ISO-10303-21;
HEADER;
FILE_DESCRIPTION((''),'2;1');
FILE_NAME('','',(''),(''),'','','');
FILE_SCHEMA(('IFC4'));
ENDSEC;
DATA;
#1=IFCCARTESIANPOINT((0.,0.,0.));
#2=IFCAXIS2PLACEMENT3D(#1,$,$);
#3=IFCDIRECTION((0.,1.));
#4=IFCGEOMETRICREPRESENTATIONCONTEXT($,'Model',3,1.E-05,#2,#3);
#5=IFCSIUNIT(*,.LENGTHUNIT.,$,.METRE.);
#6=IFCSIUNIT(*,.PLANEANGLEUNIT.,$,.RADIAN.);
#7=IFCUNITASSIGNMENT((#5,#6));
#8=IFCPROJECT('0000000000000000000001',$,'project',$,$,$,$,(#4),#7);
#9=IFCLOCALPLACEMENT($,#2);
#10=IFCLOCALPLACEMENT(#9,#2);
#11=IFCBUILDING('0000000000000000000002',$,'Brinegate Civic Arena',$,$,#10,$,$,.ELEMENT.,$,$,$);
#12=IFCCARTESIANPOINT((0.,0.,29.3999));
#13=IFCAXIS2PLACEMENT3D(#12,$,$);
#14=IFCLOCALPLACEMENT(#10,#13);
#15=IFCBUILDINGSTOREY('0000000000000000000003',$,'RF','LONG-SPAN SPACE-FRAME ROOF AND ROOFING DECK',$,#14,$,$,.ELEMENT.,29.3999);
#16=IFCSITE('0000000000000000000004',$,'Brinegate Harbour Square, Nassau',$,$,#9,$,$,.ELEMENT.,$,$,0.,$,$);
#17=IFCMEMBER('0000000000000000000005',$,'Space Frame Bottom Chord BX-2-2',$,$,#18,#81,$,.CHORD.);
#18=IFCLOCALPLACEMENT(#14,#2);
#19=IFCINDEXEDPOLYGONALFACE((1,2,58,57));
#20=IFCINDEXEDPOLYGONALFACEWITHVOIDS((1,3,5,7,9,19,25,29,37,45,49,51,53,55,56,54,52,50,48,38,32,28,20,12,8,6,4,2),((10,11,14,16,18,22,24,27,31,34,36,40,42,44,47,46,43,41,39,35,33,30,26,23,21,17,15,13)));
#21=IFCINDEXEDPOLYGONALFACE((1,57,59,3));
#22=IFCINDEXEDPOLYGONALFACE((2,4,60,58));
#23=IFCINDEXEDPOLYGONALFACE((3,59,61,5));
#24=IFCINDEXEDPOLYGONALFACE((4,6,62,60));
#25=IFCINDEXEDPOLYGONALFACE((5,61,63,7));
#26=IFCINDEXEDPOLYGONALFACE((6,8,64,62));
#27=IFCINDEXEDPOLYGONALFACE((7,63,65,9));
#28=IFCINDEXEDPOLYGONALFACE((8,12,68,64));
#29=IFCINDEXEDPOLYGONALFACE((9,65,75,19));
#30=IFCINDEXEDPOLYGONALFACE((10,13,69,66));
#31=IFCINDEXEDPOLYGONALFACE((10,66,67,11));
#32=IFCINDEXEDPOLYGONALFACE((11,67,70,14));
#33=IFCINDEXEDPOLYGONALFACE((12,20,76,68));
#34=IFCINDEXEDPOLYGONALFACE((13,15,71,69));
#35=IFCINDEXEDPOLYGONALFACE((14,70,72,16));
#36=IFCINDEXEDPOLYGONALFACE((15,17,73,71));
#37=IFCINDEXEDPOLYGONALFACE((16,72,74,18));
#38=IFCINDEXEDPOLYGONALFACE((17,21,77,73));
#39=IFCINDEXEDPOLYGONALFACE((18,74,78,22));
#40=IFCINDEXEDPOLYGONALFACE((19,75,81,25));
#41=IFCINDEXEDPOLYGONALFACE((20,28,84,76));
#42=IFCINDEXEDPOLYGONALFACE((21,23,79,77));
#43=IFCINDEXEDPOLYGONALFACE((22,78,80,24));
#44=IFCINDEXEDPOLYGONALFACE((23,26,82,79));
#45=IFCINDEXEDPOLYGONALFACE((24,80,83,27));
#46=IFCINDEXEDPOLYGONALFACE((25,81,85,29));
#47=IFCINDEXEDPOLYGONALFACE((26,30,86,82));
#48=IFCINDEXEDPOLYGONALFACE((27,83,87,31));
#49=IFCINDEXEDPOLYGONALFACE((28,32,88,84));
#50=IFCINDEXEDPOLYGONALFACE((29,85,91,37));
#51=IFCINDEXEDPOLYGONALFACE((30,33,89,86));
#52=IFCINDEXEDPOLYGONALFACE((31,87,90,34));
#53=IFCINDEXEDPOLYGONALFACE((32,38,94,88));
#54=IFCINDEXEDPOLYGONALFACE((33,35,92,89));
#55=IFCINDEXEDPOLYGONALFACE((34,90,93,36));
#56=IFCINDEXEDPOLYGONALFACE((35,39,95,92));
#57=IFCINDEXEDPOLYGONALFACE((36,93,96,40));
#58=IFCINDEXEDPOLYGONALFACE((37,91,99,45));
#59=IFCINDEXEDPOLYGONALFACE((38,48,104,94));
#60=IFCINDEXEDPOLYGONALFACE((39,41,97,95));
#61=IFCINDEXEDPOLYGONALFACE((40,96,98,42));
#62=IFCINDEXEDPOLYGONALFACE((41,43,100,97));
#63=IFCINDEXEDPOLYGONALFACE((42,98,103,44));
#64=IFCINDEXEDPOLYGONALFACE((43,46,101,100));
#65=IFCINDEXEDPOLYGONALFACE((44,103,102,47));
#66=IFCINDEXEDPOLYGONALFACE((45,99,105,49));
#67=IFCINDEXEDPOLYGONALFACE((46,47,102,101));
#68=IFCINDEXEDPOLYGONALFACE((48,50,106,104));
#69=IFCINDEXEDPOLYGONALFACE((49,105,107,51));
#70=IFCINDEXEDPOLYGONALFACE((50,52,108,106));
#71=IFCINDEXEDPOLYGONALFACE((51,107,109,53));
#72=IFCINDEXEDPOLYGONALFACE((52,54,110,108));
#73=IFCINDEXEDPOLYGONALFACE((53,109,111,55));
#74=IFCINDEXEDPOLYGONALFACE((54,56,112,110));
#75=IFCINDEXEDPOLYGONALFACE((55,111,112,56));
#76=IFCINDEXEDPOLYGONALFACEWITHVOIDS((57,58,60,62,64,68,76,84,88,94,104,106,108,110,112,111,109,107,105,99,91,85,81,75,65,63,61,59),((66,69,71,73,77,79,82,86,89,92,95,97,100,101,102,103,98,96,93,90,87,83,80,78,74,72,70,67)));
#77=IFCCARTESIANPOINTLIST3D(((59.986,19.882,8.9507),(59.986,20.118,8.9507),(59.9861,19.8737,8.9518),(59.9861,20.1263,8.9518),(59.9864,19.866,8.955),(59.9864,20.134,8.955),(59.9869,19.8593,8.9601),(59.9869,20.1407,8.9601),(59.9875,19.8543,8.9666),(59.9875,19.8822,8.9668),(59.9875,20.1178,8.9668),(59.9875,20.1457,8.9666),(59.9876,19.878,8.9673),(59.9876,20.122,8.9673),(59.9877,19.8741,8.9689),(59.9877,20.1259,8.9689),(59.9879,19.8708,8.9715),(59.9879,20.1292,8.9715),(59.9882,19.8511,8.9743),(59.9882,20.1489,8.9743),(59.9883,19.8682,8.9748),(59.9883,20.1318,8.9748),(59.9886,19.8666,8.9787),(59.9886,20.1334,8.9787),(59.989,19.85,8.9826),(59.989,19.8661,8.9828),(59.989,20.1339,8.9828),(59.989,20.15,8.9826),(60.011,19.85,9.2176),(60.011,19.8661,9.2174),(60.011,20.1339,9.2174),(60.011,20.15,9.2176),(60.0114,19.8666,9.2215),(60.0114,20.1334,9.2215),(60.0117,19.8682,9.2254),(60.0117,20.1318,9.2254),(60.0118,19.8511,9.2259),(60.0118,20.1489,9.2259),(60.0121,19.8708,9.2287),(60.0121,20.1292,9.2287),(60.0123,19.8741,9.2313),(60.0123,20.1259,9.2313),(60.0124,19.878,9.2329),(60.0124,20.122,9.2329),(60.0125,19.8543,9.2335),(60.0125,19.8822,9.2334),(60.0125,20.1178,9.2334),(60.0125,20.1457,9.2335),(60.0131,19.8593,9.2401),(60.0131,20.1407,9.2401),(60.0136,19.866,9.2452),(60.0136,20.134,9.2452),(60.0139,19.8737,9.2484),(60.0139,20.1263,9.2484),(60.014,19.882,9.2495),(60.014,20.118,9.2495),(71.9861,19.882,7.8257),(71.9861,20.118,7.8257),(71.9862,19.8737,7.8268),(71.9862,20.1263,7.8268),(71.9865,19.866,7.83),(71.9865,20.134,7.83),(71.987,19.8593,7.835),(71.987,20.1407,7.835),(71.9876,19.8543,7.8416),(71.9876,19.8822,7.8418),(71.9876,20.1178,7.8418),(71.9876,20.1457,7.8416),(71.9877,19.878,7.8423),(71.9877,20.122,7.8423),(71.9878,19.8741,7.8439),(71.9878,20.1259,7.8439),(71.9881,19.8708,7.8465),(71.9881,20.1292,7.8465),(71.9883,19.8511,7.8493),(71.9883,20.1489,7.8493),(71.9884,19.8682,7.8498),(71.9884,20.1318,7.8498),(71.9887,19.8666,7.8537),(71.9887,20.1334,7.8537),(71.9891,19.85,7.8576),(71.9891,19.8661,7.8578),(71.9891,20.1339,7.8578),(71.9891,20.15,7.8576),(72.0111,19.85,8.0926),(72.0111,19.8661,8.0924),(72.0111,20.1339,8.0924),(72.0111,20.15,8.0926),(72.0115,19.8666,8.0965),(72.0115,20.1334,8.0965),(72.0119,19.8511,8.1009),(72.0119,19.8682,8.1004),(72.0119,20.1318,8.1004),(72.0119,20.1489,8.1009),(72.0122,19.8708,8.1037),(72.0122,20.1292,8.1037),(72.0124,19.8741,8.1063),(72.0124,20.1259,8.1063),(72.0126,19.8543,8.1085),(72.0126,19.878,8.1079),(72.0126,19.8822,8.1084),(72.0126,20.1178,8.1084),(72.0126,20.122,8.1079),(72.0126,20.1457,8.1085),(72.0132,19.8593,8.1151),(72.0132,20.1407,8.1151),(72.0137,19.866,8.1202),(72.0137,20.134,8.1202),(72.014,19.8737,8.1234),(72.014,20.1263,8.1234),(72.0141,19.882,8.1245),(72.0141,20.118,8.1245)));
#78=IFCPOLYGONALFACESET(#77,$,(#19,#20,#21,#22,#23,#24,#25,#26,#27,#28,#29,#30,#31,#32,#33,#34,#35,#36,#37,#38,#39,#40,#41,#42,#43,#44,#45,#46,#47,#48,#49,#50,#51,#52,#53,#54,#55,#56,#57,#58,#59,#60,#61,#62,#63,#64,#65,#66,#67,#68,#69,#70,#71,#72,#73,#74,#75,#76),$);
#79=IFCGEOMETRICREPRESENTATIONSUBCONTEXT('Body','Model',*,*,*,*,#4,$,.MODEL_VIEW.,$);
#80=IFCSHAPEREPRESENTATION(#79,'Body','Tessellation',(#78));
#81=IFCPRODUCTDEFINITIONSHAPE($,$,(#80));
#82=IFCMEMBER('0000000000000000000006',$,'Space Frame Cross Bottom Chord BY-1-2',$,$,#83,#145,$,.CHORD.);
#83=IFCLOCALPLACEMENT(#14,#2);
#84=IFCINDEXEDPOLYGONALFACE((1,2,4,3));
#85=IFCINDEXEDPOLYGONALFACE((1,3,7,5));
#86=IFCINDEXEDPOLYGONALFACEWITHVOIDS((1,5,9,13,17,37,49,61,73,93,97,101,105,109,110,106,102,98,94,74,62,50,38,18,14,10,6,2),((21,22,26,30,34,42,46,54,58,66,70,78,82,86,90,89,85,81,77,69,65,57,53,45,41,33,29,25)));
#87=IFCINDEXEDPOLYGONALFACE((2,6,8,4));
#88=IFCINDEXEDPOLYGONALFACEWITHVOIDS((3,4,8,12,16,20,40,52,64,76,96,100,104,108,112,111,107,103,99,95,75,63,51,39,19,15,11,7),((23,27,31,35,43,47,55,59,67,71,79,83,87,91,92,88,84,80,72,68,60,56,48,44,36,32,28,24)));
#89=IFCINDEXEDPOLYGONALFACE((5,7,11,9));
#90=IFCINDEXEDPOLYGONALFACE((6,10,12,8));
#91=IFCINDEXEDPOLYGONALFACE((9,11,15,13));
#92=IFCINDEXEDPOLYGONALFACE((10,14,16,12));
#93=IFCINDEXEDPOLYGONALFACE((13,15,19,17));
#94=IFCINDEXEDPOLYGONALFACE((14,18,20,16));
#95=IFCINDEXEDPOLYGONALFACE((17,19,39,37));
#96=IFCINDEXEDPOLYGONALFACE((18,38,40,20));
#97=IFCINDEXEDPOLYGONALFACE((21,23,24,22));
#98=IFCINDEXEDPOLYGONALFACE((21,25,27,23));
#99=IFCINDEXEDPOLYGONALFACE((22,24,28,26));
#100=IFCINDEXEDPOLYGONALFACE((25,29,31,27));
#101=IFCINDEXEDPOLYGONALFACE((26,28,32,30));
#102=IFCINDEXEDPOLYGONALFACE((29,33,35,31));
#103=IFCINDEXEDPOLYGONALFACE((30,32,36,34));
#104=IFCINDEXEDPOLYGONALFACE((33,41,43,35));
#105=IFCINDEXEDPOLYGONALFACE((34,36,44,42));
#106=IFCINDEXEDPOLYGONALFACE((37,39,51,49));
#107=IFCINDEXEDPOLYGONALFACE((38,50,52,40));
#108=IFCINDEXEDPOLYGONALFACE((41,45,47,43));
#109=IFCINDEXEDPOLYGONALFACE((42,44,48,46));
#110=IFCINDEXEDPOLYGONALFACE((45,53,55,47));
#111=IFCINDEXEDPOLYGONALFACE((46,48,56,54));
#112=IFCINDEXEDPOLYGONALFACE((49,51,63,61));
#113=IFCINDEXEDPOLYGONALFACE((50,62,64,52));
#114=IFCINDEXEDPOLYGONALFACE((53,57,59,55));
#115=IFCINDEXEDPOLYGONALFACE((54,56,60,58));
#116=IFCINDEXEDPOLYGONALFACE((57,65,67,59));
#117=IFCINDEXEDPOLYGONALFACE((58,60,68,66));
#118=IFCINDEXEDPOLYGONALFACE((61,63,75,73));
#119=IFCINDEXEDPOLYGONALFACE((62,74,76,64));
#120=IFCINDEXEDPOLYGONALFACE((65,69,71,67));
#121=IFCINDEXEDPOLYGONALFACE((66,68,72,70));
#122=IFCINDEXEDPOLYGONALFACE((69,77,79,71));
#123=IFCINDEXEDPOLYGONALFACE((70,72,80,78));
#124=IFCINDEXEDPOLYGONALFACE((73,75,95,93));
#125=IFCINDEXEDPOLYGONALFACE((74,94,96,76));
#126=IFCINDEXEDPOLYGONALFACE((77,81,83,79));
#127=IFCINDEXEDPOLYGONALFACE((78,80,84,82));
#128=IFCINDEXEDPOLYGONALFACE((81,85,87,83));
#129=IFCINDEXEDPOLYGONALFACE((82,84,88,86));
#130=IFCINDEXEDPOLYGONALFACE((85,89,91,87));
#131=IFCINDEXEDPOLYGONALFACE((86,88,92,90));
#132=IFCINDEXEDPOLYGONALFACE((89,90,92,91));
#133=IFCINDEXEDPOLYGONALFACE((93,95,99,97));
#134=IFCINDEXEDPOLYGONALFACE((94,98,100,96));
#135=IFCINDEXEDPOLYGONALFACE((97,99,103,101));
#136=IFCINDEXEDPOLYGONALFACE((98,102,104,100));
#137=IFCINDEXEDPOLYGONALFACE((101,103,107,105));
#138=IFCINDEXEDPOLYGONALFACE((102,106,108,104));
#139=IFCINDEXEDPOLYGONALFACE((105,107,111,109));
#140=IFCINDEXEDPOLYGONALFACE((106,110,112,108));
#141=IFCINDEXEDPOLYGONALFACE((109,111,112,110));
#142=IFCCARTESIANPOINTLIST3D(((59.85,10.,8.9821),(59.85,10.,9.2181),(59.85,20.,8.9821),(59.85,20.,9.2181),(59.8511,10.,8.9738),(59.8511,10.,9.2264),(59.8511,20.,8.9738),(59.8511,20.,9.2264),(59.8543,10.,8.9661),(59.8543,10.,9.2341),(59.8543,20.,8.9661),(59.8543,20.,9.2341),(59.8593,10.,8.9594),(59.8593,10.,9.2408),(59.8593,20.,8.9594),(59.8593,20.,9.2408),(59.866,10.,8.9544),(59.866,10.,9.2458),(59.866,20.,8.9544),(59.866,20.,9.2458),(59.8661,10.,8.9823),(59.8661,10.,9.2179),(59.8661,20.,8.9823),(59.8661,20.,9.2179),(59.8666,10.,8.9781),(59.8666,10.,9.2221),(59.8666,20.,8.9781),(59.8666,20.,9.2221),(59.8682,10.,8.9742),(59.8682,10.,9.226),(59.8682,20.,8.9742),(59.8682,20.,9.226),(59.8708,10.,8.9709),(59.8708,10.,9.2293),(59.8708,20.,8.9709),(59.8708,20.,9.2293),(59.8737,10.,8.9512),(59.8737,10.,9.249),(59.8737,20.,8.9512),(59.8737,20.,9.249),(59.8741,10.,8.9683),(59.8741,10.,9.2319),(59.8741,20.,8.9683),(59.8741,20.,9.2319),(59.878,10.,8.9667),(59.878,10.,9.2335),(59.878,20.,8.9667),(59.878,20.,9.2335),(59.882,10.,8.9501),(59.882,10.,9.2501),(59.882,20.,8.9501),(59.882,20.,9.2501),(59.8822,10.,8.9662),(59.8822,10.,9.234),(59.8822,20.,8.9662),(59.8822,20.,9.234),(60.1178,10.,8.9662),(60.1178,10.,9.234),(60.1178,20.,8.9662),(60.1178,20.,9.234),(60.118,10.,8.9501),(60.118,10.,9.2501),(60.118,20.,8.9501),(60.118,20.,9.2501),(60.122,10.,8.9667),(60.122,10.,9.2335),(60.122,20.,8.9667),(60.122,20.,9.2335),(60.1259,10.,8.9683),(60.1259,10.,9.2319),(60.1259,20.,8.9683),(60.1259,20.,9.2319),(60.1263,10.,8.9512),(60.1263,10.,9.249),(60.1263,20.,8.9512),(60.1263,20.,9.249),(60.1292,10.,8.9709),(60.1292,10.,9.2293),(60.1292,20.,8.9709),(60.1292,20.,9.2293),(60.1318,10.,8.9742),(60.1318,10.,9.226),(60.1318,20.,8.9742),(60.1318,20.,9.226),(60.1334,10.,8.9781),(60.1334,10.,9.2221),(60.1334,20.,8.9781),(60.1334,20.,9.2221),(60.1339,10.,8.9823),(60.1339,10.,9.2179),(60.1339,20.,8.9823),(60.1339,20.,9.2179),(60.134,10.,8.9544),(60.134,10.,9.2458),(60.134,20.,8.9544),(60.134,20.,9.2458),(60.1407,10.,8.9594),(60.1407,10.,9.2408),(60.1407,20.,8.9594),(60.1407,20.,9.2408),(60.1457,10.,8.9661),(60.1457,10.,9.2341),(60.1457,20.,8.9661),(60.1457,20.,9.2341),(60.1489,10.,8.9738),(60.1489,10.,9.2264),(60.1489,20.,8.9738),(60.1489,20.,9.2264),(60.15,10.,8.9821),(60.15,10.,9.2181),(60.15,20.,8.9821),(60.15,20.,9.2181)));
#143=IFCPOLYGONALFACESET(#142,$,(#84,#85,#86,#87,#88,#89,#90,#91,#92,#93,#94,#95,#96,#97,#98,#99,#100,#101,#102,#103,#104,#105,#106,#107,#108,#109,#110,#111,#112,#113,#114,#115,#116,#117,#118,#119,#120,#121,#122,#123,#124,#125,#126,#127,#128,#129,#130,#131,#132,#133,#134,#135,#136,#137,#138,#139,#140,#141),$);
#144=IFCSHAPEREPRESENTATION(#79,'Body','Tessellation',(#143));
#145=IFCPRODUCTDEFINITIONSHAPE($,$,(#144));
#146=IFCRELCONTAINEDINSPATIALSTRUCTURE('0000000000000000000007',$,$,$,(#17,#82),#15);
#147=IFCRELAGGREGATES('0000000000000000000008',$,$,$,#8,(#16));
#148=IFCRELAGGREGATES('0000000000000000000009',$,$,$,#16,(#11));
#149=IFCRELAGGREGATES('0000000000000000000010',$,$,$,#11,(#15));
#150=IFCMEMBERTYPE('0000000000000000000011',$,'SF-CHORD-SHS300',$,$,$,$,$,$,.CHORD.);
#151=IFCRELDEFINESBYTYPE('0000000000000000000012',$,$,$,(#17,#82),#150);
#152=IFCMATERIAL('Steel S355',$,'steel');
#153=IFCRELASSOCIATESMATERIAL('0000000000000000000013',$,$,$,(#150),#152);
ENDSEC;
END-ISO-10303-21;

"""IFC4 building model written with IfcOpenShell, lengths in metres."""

from ifc_helpers import new_model, si_unit, direction, frame, origin, origin_2d, place, context, subcontext, project, spatial, hollow_rectangle, extrude, material, material_profile, profile_set, type_object, element, save


model = new_model("IFC4")

# Units and contexts
model_context = context("Model", 3, precision=1e-05, world=origin(), true_north=direction((0.0, 1.0)))
body_context = subcontext(model_context, "Body", "Model", "MODEL_VIEW")
ifc_project = project(units=[si_unit("LENGTHUNIT", "METRE"), si_unit("PLANEANGLEUNIT", "RADIAN")], contexts=[model_context])

# Site, building, storey
site_placement = place(None, origin())
site = spatial("IfcSite", under=ifc_project, at=site_placement, Name="Brinegate Harbour Square, Nassau", CompositionType="ELEMENT", RefElevation=0.0)
building_placement = place(site_placement, origin())
building = spatial("IfcBuilding", under=site, at=building_placement, Name="Brinegate Civic Arena", CompositionType="ELEMENT")
storey_placement = place(building_placement, frame((0.0, 0.0, 29.3999)))
storey = spatial("IfcBuildingStorey", under=building, at=storey_placement, Name="RF", Description="LONG-SPAN SPACE-FRAME ROOF AND ROOFING DECK", CompositionType="ELEMENT", Elevation=29.3999)

# Shared definitions
ifc_material_1 = material(Name="Steel S355", Category="steel")

# Members
ifc_material_profile_1 = material_profile(ifc_material_1, hollow_rectangle(XDim=0.3, YDim=0.3, WallThickness=0.0161, InnerFilletRadius=0.0161, OuterFilletRadius=0.032, at=origin_2d()), Name="SHS300X16")
ifc_profile_set_1 = profile_set([ifc_material_profile_1], Name="Steel S355")
member_type_1 = type_object("IfcMemberType", Name="SF-CHORD-SHS300", PredefinedType="CHORD", material=ifc_profile_set_1)
member_1_placement = place(storey_placement, frame((60.0, 20.0, 9.1001), z_axis=(0.995634, 0.0, -0.093341), x_axis=(0.0, 1.0, 0.0)))
element("IfcMember", 1, at=member_1_placement, inside=storey, type_object=member_type_1, Name="Space Frame Bottom Chord BX-2-2", PredefinedType="CHORD", context=body_context, shape_type="SweptSolid", body=[
    extrude(hollow_rectangle(XDim=0.3, YDim=0.3, WallThickness=0.0161, InnerFilletRadius=0.0161, OuterFilletRadius=0.032, at=origin_2d()), origin(), (0.0, 0.0, 1.0), 12.0527),
])
member_2_placement = place(storey_placement, frame((60.0, 10.0, 9.1001), z_axis=(0.0, 1.0, 0.0), x_axis=(-1.0, 0.0, 0.0)))
element("IfcMember", 2, at=member_2_placement, inside=storey, type_object=member_type_1, Name="Space Frame Cross Bottom Chord BY-1-2", PredefinedType="CHORD", context=body_context, shape_type="SweptSolid", body=[
    extrude(hollow_rectangle(XDim=0.3, YDim=0.3, WallThickness=0.0161, InnerFilletRadius=0.0161, OuterFilletRadius=0.032, at=origin_2d()), origin(), (0.0, 0.0, 1.0), 10.0),
])

save(model, "model.ifc")
